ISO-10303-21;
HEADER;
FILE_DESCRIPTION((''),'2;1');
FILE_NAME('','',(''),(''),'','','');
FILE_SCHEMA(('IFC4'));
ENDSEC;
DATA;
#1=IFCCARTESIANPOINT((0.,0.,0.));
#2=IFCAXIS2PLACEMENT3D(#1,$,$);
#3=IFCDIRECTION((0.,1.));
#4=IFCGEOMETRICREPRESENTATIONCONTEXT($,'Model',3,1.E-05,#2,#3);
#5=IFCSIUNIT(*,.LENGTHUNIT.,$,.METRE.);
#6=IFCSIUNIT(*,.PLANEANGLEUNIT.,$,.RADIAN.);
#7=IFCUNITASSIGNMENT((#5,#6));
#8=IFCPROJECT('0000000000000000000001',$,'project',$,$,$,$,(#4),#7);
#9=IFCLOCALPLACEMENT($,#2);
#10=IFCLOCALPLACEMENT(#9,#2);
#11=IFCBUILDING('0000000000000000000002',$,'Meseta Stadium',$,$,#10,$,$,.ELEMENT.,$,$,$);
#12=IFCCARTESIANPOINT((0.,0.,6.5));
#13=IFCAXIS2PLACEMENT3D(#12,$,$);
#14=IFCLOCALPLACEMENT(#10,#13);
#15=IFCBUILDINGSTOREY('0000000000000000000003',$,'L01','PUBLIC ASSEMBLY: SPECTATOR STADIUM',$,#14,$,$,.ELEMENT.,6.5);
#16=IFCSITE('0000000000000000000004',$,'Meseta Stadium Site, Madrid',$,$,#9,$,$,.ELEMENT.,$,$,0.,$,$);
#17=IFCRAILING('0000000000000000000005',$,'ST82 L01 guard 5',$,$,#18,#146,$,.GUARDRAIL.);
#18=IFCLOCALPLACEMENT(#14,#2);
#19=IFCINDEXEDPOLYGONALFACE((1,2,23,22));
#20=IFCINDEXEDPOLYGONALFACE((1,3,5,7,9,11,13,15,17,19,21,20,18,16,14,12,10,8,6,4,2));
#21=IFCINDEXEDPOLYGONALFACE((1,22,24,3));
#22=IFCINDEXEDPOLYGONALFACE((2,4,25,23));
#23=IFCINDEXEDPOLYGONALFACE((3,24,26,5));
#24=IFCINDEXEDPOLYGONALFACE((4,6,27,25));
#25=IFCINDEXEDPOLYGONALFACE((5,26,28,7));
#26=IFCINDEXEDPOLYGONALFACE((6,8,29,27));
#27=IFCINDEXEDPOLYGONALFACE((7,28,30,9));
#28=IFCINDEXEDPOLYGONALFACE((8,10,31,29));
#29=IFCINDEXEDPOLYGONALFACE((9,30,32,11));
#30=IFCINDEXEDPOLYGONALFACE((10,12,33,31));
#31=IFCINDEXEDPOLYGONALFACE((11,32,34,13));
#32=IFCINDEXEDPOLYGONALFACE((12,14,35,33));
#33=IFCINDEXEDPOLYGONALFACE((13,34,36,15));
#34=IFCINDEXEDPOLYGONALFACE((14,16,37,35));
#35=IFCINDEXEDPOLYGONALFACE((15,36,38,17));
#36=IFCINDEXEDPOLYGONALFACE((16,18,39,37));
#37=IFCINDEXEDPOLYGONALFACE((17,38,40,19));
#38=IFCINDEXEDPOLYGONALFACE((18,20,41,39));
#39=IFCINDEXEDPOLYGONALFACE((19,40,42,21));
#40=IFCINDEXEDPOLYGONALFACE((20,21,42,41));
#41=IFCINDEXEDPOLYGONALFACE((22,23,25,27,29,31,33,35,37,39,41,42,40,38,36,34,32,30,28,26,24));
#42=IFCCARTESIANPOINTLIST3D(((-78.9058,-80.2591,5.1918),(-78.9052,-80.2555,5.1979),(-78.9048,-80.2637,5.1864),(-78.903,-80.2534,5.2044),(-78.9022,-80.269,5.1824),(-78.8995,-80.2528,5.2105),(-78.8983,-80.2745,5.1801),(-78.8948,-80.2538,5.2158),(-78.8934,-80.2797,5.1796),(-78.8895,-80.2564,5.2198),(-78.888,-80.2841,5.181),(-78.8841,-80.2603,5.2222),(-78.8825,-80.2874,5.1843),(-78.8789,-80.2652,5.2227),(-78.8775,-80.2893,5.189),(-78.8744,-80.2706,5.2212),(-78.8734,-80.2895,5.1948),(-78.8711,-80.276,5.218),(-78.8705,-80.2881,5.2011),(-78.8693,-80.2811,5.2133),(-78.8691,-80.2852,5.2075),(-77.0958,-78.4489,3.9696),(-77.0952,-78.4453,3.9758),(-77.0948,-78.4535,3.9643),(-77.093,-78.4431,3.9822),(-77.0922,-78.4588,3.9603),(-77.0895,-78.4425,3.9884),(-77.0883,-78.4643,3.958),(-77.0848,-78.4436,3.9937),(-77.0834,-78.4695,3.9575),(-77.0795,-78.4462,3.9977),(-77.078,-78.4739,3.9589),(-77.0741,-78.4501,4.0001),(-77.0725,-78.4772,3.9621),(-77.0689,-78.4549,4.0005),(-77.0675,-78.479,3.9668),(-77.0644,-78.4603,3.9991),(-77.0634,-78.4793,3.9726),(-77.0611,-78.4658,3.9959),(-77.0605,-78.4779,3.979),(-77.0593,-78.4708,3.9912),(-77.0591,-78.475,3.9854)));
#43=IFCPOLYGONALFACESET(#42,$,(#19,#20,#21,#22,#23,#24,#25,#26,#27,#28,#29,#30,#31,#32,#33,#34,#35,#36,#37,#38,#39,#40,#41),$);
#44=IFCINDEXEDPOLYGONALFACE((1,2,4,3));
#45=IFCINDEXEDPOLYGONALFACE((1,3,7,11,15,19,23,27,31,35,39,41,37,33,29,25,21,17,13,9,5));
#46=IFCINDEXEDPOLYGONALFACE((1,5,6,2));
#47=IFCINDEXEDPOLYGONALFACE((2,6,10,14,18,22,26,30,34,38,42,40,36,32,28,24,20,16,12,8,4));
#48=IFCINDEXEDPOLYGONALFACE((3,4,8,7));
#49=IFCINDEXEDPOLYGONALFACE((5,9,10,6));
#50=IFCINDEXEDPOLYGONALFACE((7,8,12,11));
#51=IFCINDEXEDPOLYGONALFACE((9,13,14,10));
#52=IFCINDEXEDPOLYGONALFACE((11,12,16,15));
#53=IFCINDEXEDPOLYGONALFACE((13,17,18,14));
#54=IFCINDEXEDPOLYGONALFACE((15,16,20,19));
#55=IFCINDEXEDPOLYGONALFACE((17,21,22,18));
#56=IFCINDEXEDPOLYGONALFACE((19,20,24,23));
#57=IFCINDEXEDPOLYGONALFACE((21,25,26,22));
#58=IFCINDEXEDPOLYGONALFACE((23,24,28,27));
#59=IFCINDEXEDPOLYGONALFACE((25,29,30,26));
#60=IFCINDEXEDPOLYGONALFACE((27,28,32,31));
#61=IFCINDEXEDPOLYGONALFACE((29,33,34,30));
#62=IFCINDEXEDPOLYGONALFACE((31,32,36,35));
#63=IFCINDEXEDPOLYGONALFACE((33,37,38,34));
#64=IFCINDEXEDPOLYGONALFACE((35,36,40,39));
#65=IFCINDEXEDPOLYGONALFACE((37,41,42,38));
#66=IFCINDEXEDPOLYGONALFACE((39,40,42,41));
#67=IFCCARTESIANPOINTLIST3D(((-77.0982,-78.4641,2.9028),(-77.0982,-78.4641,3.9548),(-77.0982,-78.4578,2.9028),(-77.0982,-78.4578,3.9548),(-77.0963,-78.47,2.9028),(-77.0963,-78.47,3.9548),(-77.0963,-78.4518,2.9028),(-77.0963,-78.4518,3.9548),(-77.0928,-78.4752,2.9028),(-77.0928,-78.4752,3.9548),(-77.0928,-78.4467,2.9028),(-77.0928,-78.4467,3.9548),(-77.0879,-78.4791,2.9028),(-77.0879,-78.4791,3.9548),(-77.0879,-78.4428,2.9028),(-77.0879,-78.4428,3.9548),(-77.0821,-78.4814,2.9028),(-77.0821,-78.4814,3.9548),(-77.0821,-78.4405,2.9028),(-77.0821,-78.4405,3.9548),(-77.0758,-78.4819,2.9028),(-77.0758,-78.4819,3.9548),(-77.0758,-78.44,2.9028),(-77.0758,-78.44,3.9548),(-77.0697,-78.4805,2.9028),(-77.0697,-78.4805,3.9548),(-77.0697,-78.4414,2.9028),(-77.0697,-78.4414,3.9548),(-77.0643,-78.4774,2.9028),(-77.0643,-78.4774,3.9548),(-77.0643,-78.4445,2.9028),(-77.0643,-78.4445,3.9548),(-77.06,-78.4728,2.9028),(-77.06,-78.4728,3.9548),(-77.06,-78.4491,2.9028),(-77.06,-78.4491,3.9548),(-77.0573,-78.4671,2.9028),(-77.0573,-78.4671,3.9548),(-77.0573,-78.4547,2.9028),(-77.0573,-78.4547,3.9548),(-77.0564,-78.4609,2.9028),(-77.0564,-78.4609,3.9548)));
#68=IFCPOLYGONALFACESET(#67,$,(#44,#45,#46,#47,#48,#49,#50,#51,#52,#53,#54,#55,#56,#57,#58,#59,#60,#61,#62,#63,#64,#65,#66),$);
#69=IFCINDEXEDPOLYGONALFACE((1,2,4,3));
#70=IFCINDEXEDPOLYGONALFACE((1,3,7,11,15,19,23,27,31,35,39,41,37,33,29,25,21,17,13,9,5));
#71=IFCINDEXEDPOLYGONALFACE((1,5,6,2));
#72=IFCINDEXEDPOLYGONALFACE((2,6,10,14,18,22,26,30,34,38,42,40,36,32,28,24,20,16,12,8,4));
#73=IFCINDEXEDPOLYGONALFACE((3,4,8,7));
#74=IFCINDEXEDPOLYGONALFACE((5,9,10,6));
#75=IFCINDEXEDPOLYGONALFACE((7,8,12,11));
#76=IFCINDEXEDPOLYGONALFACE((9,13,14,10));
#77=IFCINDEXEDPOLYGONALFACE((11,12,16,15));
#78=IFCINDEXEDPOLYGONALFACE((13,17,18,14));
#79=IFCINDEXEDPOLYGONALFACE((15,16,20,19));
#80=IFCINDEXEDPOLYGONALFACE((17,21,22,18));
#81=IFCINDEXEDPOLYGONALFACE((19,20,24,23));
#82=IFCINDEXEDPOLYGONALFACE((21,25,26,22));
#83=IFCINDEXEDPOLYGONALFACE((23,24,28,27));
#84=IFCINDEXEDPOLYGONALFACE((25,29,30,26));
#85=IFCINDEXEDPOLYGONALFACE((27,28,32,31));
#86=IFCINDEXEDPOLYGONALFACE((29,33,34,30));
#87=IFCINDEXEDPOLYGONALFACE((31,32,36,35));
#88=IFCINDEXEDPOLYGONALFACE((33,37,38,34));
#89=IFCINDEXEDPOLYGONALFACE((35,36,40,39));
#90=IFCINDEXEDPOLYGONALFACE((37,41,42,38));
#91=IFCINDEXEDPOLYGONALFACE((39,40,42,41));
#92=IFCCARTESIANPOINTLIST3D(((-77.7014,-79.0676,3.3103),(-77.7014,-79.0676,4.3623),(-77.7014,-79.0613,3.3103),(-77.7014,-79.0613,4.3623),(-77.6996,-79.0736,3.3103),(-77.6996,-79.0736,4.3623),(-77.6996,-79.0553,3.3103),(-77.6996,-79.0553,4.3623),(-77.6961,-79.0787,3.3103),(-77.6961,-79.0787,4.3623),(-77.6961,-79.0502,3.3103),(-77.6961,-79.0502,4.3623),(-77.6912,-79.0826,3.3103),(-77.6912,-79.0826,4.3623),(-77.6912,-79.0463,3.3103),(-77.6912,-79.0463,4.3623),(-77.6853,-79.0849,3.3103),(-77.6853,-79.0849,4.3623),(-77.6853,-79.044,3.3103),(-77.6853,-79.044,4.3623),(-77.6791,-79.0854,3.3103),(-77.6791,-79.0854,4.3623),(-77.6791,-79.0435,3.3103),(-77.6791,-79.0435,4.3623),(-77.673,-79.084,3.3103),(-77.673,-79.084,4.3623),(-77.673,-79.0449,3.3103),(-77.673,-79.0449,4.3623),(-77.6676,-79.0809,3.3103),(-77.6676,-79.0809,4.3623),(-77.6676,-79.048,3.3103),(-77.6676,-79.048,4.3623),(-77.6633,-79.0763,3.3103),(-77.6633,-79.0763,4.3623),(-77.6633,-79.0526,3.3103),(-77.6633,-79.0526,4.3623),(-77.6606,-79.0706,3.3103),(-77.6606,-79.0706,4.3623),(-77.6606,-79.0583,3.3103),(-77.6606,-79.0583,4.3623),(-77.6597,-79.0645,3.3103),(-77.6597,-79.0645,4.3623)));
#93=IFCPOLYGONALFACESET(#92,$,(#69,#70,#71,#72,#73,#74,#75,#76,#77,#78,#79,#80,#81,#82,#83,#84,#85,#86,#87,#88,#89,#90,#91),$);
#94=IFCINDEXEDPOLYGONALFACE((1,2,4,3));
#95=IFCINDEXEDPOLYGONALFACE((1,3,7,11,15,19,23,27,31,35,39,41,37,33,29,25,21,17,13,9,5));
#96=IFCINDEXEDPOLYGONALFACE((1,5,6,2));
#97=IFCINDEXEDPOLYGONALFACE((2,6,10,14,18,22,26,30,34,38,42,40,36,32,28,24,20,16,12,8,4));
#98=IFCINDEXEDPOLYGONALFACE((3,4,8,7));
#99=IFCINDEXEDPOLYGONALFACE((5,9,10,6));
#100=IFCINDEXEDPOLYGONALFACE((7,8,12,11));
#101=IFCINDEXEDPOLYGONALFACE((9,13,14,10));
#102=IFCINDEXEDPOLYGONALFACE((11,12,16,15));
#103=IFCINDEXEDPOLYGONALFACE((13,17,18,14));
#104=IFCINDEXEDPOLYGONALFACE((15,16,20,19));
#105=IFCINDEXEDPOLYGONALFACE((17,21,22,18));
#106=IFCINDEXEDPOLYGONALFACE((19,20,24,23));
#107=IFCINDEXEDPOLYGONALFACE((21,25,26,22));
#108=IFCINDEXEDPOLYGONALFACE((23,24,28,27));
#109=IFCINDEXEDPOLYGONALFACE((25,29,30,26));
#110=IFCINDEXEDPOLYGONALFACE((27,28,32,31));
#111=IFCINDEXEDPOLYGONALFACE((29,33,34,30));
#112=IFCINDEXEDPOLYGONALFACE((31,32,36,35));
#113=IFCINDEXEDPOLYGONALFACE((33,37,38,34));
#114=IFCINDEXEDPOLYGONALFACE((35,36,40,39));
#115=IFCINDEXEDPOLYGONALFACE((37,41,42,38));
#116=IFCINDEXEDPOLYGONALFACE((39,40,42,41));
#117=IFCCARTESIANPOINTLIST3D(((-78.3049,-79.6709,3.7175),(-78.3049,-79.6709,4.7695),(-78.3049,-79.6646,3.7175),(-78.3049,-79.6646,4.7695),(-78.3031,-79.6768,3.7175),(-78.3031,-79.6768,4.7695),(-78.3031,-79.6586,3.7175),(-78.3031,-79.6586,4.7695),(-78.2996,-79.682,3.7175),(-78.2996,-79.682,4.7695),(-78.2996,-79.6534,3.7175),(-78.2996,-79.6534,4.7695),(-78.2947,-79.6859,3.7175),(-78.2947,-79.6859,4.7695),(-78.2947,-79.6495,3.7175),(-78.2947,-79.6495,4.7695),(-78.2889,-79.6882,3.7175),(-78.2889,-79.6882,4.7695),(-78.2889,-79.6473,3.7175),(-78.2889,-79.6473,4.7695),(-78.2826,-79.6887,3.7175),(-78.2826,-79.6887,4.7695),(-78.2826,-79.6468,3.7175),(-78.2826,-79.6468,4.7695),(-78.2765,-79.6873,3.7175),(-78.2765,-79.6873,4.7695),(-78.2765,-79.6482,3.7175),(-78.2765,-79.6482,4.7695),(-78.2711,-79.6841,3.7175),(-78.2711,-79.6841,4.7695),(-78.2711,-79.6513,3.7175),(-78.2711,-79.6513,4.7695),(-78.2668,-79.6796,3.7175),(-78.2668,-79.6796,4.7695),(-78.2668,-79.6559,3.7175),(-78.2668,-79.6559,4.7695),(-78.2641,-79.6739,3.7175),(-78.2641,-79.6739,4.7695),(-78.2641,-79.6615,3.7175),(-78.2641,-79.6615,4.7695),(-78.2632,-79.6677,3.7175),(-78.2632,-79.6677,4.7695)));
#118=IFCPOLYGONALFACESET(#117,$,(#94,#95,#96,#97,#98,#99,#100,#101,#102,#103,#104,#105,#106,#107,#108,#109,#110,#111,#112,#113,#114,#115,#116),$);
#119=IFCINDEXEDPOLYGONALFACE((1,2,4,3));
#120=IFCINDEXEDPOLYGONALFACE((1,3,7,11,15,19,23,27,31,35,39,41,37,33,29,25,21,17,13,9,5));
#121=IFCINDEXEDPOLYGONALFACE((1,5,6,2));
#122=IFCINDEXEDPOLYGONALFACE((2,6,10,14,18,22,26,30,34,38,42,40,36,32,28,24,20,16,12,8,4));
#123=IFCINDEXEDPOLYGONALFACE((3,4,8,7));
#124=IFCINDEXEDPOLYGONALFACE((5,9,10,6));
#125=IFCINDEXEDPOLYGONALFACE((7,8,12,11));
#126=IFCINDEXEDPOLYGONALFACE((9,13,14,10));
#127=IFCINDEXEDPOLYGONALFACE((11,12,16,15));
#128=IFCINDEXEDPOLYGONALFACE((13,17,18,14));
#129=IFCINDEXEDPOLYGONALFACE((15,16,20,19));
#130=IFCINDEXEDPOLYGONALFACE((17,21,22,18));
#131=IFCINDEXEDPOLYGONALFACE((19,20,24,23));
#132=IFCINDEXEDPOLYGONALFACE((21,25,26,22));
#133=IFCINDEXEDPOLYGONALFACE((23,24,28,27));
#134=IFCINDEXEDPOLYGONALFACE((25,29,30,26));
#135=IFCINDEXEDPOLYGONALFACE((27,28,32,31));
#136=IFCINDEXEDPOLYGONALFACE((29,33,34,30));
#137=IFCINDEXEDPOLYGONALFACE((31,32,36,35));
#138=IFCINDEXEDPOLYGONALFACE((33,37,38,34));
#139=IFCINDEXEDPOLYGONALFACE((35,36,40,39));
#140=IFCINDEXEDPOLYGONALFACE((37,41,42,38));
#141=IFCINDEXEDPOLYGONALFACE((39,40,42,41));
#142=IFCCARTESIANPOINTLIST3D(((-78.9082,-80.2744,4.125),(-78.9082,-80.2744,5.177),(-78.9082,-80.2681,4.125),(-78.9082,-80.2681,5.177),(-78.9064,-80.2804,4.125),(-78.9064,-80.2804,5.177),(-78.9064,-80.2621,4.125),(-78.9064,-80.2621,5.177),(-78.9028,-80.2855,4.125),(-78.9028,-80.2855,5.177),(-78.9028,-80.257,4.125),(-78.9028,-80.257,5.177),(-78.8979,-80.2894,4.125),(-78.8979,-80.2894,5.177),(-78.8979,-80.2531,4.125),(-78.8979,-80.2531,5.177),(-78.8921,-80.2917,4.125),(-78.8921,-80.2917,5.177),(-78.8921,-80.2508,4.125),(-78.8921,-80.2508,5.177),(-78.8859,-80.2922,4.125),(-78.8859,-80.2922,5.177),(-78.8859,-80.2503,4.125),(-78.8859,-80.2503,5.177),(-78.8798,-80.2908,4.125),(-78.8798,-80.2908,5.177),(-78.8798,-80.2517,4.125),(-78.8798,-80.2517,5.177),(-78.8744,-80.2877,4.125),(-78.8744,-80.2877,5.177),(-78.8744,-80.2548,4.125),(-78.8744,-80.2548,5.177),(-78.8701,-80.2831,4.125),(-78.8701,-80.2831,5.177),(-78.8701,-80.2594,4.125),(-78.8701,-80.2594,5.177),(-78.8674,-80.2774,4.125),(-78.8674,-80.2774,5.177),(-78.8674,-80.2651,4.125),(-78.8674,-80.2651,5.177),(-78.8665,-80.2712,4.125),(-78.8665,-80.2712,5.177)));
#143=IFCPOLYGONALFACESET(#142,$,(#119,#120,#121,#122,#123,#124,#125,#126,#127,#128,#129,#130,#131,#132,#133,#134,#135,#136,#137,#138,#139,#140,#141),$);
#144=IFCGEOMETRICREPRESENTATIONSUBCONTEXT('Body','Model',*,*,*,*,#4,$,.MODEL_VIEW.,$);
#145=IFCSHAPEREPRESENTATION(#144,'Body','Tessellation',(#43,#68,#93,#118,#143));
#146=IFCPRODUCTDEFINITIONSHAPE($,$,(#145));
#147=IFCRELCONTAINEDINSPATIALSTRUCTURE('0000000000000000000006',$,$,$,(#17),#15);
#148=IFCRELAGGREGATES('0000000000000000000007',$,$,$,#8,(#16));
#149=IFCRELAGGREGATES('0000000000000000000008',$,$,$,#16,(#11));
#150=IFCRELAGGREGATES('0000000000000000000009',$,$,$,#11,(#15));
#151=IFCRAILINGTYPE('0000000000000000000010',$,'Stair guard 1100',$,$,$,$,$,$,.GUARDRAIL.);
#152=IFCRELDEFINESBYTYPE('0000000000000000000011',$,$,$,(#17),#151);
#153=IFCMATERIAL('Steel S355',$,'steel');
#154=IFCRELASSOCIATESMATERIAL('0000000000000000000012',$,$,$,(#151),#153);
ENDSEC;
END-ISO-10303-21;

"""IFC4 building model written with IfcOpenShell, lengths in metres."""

from ifc_helpers import new_model, si_unit, direction, frame, origin, origin_2d, place, context, subcontext, project, spatial, circle, extrude, material, type_object, element, save


model = new_model("IFC4")

# Units and contexts
model_context = context("Model", 3, precision=1e-05, world=origin(), true_north=direction((0.0, 1.0)))
body_context = subcontext(model_context, "Body", "Model", "MODEL_VIEW")
ifc_project = project(units=[si_unit("LENGTHUNIT", "METRE"), si_unit("PLANEANGLEUNIT", "RADIAN")], contexts=[model_context])

# Site, building, storey
site_placement = place(None, origin())
site = spatial("IfcSite", under=ifc_project, at=site_placement, Name="Meseta Stadium Site, Madrid", CompositionType="ELEMENT", RefElevation=0.0)
building_placement = place(site_placement, origin())
building = spatial("IfcBuilding", under=site, at=building_placement, Name="Meseta Stadium", CompositionType="ELEMENT")
storey_placement = place(building_placement, frame((0.0, 0.0, 6.5)))
storey = spatial("IfcBuildingStorey", under=building, at=storey_placement, Name="L01", Description="PUBLIC ASSEMBLY: SPECTATOR STADIUM", CompositionType="ELEMENT", Elevation=6.5)

# Railing
ifc_material_1 = material(Name="Steel S355", Category="steel")
railing_type_1 = type_object("IfcRailingType", Name="Stair guard 1100", PredefinedType="GUARDRAIL", material=ifc_material_1)
railing_1_placement = place(storey_placement, frame((-77.0774, -78.4609, 2.9028)))
element("IfcRailing", 1, at=railing_1_placement, inside=storey, type_object=railing_type_1, Name="ST82 L01 guard 5", PredefinedType="GUARDRAIL", context=body_context, shape_type="SweptSolid", body=[
    extrude(circle(Radius=0.0239, at=origin_2d()), frame((0.0, 0.0, 1.0762), z_axis=(-0.638073, -0.638159, 0.430832), x_axis=(0.707154, -0.707059, 0.0)), (0.0, 0.0, 1.0), 2.8367),
    extrude(circle(Radius=0.021, at=origin_2d()), origin(), (0.0, 0.0, 1.0), 1.052),
    extrude(circle(Radius=0.021, at=origin_2d()), frame((-0.6033, -0.6035, 0.4075)), (0.0, 0.0, 1.0), 1.052),
    extrude(circle(Radius=0.021, at=origin_2d()), frame((-1.2068, -1.2068, 0.8147)), (0.0, 0.0, 1.0), 1.052),
    extrude(circle(Radius=0.021, at=origin_2d()), frame((-1.8101, -1.8103, 1.2222)), (0.0, 0.0, 1.0), 1.052),
])

save(model, "model.ifc")
